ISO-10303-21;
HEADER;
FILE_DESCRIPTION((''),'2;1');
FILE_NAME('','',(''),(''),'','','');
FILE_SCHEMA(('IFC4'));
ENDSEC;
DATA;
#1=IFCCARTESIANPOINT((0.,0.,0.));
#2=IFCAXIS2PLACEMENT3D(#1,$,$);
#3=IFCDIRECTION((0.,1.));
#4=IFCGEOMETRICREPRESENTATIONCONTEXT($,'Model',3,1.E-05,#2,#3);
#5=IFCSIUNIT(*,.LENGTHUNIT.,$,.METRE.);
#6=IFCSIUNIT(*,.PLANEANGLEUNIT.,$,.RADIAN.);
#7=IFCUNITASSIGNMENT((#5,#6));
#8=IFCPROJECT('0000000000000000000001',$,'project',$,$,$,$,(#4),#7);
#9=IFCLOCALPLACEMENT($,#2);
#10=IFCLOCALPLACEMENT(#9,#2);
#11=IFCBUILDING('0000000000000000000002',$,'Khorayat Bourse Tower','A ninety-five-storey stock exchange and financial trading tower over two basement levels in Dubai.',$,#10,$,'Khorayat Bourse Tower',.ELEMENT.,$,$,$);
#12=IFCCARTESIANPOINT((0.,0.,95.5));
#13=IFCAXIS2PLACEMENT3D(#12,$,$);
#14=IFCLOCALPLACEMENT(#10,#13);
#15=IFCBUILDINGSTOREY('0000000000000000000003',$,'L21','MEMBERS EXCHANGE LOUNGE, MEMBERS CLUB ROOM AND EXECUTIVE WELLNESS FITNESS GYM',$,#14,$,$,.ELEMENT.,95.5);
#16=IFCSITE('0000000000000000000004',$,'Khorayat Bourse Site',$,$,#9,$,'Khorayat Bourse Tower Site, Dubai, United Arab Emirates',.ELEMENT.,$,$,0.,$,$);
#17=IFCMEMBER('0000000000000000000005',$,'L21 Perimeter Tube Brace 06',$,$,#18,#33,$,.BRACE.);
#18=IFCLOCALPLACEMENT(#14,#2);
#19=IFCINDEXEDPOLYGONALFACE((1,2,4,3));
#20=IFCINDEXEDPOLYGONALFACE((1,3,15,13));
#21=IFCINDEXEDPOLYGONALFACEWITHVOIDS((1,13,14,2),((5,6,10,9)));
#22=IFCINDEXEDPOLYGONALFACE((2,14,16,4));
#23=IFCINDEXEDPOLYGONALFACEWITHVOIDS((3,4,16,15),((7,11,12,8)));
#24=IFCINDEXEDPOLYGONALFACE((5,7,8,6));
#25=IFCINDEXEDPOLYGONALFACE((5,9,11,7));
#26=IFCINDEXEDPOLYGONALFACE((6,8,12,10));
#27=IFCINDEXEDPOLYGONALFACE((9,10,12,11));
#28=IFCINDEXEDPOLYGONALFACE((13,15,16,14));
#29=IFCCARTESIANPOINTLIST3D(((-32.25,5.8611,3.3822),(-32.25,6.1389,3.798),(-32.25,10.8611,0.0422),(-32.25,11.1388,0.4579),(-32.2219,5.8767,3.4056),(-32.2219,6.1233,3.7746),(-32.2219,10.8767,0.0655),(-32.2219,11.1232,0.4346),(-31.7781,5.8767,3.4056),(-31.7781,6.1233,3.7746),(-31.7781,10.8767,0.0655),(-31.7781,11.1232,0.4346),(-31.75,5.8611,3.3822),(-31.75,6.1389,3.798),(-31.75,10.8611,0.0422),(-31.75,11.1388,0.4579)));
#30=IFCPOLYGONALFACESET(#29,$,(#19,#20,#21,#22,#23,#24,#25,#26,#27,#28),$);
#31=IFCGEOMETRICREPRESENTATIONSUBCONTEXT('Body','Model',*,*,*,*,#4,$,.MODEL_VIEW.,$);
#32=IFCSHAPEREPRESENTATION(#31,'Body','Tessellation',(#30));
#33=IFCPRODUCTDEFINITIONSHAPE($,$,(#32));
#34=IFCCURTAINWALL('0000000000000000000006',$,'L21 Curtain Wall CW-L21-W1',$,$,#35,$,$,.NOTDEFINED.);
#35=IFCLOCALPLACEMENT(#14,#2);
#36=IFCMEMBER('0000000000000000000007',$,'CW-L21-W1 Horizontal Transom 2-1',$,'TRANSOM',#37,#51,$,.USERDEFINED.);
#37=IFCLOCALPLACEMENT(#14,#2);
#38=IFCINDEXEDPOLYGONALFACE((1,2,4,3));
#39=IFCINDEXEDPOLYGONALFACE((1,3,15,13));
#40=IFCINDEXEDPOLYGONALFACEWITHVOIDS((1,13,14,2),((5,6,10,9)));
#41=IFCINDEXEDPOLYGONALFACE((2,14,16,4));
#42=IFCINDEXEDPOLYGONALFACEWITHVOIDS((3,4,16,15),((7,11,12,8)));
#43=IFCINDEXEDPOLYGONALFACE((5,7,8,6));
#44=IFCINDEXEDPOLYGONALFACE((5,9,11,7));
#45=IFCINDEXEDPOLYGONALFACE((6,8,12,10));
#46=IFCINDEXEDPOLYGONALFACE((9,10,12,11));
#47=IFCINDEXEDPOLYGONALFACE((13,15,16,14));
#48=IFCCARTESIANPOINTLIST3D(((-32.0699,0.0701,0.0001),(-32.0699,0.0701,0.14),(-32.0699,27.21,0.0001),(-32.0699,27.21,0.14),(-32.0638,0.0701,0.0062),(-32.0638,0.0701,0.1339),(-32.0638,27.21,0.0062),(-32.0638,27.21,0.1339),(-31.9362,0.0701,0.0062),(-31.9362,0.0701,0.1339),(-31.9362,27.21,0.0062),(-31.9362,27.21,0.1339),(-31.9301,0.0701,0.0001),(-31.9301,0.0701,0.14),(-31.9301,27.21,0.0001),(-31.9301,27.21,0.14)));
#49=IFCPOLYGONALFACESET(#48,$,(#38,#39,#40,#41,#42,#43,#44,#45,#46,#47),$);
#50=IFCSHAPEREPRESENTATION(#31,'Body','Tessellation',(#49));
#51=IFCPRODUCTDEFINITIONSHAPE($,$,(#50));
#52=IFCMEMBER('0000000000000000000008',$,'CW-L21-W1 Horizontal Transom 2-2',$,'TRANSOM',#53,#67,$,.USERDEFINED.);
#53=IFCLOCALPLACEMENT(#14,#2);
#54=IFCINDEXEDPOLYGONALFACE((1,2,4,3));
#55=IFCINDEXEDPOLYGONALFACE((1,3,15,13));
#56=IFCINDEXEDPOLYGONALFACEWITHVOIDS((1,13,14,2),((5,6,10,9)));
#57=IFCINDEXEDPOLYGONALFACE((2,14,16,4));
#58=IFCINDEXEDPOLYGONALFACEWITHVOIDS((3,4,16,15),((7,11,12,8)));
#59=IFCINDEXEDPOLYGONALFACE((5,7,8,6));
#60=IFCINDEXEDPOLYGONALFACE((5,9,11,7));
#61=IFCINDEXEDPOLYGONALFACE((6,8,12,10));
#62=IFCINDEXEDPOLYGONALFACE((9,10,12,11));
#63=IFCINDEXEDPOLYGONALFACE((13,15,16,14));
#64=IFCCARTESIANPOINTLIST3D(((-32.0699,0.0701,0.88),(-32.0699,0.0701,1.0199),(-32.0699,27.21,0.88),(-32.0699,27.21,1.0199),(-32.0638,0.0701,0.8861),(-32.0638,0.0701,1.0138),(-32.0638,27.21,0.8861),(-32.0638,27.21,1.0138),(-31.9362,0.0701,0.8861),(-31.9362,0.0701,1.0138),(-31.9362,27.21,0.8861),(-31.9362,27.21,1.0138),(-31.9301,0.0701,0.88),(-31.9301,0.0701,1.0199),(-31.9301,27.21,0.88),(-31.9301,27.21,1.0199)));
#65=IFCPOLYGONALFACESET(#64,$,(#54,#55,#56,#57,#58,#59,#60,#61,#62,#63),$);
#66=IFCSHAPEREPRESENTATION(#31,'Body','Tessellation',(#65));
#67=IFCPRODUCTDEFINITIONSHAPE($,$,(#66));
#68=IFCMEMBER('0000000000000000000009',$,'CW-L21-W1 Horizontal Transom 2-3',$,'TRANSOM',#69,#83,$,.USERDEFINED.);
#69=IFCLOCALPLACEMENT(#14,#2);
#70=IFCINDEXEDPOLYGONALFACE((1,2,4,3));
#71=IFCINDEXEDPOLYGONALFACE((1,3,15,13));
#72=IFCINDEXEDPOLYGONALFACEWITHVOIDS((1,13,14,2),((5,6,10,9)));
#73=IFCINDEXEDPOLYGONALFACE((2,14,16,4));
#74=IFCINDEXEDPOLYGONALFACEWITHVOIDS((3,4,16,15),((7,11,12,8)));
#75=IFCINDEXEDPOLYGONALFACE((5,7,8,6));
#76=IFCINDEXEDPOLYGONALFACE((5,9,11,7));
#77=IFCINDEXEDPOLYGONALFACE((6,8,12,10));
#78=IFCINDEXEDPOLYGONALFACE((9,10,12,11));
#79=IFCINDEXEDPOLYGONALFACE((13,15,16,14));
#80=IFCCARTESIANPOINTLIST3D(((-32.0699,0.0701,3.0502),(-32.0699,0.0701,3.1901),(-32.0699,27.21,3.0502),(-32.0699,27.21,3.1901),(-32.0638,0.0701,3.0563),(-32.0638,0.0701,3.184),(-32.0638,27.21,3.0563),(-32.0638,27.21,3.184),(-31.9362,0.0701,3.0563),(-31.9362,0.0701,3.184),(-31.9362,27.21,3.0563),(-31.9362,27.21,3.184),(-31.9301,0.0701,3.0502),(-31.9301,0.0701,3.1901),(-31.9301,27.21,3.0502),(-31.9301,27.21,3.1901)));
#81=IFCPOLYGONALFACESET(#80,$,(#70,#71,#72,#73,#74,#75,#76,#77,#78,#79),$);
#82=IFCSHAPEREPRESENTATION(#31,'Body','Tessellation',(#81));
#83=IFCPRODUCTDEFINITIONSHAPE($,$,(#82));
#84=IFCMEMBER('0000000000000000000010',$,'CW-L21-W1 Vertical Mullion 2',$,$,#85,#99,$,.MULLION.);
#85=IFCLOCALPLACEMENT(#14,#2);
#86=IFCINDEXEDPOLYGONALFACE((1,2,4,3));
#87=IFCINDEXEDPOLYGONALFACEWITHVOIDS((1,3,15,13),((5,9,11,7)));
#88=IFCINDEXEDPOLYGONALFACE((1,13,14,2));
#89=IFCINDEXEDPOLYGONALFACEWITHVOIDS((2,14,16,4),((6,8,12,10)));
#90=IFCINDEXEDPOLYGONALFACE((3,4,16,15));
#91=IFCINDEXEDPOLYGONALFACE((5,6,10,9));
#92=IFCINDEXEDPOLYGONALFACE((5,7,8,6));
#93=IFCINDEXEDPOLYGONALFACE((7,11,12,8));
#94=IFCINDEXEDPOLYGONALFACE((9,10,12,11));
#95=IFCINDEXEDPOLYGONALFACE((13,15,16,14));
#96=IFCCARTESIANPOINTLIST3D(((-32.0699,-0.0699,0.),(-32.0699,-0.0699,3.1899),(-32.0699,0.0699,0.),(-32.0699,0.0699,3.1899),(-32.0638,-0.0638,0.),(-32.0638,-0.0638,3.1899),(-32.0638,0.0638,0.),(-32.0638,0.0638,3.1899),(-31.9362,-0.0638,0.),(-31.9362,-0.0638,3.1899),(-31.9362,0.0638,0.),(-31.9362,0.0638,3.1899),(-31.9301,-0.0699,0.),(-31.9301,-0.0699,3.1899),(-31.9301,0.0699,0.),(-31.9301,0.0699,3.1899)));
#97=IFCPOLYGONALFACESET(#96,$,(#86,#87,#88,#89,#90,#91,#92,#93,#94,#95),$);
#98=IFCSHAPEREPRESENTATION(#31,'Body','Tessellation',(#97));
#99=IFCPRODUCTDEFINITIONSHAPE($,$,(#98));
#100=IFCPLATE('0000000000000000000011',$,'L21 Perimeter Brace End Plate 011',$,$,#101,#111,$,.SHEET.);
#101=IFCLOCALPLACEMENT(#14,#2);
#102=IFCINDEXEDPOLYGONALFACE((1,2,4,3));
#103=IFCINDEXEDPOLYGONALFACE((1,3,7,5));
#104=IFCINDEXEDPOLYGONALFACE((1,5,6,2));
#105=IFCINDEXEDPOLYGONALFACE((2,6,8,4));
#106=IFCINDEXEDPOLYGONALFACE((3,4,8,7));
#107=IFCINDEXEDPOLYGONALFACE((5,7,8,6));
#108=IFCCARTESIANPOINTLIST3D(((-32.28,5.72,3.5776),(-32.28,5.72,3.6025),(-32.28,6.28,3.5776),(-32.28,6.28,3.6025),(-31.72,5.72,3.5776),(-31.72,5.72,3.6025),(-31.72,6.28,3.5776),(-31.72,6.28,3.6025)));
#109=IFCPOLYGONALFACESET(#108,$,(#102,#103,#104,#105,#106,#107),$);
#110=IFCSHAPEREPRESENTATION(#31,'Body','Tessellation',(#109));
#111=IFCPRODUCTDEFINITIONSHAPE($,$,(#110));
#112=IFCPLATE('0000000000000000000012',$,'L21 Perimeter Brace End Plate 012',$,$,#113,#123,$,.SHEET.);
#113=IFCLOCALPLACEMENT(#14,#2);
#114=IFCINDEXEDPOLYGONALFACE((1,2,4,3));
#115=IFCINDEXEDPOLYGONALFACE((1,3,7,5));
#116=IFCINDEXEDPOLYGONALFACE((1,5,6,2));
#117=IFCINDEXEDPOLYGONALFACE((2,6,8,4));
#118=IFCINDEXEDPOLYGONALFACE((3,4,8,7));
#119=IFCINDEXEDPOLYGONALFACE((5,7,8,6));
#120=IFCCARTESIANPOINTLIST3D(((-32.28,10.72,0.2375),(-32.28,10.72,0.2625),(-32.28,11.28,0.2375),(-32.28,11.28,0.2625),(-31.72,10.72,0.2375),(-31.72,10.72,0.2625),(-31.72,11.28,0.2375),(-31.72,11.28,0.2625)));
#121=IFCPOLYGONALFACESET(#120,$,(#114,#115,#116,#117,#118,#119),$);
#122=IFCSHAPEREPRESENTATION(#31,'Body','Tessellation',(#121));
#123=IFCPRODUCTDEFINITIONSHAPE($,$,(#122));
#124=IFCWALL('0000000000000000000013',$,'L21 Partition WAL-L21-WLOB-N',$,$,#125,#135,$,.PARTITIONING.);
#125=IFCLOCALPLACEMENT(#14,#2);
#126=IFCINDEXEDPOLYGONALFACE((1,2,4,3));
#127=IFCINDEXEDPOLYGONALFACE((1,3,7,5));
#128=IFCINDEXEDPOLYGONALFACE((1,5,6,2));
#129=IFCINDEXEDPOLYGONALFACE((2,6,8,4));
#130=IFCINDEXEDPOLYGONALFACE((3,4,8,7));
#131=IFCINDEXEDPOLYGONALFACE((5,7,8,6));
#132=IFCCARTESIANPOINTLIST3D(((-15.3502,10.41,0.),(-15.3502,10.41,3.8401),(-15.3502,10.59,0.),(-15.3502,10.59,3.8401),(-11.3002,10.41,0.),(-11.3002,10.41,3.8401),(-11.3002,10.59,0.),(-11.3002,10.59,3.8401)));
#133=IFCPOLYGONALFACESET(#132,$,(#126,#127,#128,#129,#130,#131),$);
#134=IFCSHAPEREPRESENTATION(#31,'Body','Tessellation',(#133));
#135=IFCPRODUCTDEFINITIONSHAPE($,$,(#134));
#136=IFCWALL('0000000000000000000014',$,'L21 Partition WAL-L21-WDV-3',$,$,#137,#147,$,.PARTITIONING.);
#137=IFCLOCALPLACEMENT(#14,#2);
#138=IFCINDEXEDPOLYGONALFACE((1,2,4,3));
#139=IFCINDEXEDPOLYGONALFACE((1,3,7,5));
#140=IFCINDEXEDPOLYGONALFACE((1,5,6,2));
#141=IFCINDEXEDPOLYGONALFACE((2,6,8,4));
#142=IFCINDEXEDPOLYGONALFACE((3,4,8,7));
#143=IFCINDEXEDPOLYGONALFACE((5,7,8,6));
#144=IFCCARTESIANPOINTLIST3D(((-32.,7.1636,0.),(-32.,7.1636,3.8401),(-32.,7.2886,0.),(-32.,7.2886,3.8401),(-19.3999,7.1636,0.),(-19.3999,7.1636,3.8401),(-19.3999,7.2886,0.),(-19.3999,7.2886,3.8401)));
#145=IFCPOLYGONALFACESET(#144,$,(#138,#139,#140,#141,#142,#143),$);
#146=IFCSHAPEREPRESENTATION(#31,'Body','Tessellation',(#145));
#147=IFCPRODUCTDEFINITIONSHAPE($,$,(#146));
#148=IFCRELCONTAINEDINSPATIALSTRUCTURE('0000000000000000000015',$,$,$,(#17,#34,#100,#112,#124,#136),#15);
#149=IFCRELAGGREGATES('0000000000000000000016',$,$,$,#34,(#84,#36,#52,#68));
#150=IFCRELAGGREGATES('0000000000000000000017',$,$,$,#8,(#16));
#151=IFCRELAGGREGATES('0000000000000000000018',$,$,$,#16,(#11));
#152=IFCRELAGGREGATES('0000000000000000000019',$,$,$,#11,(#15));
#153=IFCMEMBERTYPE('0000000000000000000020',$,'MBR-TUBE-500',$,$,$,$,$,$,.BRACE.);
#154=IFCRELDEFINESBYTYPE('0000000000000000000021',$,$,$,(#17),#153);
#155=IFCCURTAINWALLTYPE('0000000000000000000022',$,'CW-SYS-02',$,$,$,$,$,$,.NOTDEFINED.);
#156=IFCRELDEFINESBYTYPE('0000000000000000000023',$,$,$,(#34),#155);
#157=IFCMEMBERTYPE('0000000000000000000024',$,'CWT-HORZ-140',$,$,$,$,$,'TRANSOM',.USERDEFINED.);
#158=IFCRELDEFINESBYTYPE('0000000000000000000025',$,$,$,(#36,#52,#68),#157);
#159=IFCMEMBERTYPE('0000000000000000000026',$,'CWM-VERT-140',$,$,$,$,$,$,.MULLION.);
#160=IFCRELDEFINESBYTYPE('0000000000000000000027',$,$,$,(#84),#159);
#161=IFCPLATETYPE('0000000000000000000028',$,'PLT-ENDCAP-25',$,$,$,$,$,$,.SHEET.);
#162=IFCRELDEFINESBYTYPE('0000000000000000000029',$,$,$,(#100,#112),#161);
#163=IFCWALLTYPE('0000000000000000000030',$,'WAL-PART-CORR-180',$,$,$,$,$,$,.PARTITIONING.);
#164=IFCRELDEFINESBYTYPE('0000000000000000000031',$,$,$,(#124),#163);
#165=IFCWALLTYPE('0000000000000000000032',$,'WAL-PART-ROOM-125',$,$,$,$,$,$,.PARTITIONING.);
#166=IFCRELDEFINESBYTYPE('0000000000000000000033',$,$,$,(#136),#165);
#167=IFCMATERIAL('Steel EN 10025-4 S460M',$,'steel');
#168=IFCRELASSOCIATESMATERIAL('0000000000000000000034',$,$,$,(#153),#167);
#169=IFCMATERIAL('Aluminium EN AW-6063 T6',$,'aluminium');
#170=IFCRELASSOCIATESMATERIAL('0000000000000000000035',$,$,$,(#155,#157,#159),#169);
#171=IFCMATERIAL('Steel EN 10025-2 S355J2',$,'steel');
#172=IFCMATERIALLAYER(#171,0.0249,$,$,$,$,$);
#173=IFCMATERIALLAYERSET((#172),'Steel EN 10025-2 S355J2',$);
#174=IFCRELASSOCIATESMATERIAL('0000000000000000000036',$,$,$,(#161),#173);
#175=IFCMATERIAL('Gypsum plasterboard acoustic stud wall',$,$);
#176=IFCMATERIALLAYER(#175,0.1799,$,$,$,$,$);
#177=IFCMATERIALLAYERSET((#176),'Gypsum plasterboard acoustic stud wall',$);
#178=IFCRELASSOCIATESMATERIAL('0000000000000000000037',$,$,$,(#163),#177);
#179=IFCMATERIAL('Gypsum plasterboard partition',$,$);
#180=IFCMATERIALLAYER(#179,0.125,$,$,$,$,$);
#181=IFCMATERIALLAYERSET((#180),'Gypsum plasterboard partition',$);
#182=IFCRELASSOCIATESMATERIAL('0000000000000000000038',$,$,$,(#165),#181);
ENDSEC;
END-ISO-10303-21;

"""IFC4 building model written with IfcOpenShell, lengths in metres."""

from ifc_helpers import new_model, si_unit, direction, frame, frame_2d, origin, origin_2d, place, context, subcontext, project, spatial, rectangle, hollow_rectangle, extrude, source, transform, mapped, material, layer, layer_set, material_profile, profile_set, type_object, element, aggregate, save


model = new_model("IFC4")

# Units and contexts
model_context = context("Model", 3, precision=1e-05, world=origin(), true_north=direction((0.0, 1.0)))
body_context = subcontext(model_context, "Body", "Model", "MODEL_VIEW")
ifc_project = project(units=[si_unit("LENGTHUNIT", "METRE"), si_unit("PLANEANGLEUNIT", "RADIAN")], contexts=[model_context])

# Site, building, storey
site_placement = place(None, origin())
site = spatial("IfcSite", under=ifc_project, at=site_placement, Name="Khorayat Bourse Site", LongName="Khorayat Bourse Tower Site, Dubai, United Arab Emirates", CompositionType="ELEMENT", RefElevation=0.0)
building_placement = place(site_placement, origin())
building = spatial("IfcBuilding", under=site, at=building_placement, Name="Khorayat Bourse Tower", Description="A ninety-five-storey stock exchange and financial trading tower over two basement levels in Dubai.", LongName="Khorayat Bourse Tower", CompositionType="ELEMENT")
storey_placement = place(building_placement, frame((0.0, 0.0, 95.5)))
storey = spatial("IfcBuildingStorey", under=building, at=storey_placement, Name="L21", Description="MEMBERS EXCHANGE LOUNGE, MEMBERS CLUB ROOM AND EXECUTIVE WELLNESS FITNESS GYM", CompositionType="ELEMENT", Elevation=95.5)

# Shared definitions
ifc_material_1 = material(Name="Steel EN 10025-4 S460M", Category="steel")

# Member
ifc_material_profile_1 = material_profile(ifc_material_1, hollow_rectangle(XDim=0.5, YDim=0.5, WallThickness=0.0281, at=origin_2d()), Name="HSS 500x500x28")
ifc_profile_set_1 = profile_set([ifc_material_profile_1], Name="Steel EN 10025-4 S460M")
member_type_1 = type_object("IfcMemberType", Name="MBR-TUBE-500", PredefinedType="BRACE", material=ifc_profile_set_1)
shared_shape_1 = source(origin(), body_context, "Body", "SweptSolid", [
    extrude(hollow_rectangle(XDim=0.5, YDim=0.5, WallThickness=0.0281, at=origin_2d()), origin(), (0.0, 0.0, 1.0), 6.0129),
])
member_1_placement = place(storey_placement, frame((-32.0, 6.0, 3.5901), z_axis=(0.0, 0.831531, -0.555478), x_axis=(-1.0, 0.0, 0.0)))
element("IfcMember", 1, at=member_1_placement, inside=storey, type_object=member_type_1, Name="L21 Perimeter Tube Brace 06", PredefinedType="BRACE", context=body_context, shape_type="MappedRepresentation", body=[
    mapped(shared_shape_1, transform((0.0, 0.0, 0.0), scale=1.0)),
])

# Curtain wall, members
ifc_material_2 = material(Name="Aluminium EN AW-6063 T6", Category="aluminium")
curtain_wall_type = type_object("IfcCurtainWallType", Name="CW-SYS-02", PredefinedType="NOTDEFINED", material=ifc_material_2)
curtain_wall_placement = place(storey_placement, origin())
curtain_wall = element("IfcCurtainWall", 2, at=curtain_wall_placement, inside=storey, type_object=curtain_wall_type, Name="L21 Curtain Wall CW-L21-W1", PredefinedType="NOTDEFINED")
ifc_material_profile_2 = material_profile(ifc_material_2, hollow_rectangle(XDim=0.1399, YDim=0.1399, WallThickness=0.0061, at=origin_2d()), Name="ALU 140x140x6")
ifc_profile_set_2 = profile_set([ifc_material_profile_2], Name="Aluminium EN AW-6063 T6")
member_type_2 = type_object("IfcMemberType", Name="CWT-HORZ-140", ElementType="TRANSOM", PredefinedType="USERDEFINED", material=ifc_profile_set_2)
shared_shape_2 = source(origin(), body_context, "Body", "SweptSolid", [
    extrude(hollow_rectangle(XDim=0.1399, YDim=0.1399, WallThickness=0.0061, at=origin_2d()), origin(), (0.0, 0.0, 1.0), 27.1399),
])
member_2_placement = place(storey_placement, frame((-32.0, 0.0701, 0.0701), z_axis=(0.0, 1.0, 0.0), x_axis=(-1.0, 0.0, 0.0)))
member_2 = element("IfcMember", 3, at=member_2_placement, type_object=member_type_2, Name="CW-L21-W1 Horizontal Transom 2-1", ObjectType="TRANSOM", PredefinedType="USERDEFINED", context=body_context, shape_type="MappedRepresentation", body=[
    mapped(shared_shape_2, transform((0.0, 0.0, 0.0), scale=1.0)),
])
member_3_placement = place(storey_placement, frame((-32.0, 0.0701, 0.95), z_axis=(0.0, 1.0, 0.0), x_axis=(-1.0, 0.0, 0.0)))
member_3 = element("IfcMember", 4, at=member_3_placement, type_object=member_type_2, Name="CW-L21-W1 Horizontal Transom 2-2", ObjectType="TRANSOM", PredefinedType="USERDEFINED", context=body_context, shape_type="MappedRepresentation", body=[
    mapped(shared_shape_2, transform((0.0, 0.0, 0.0), scale=1.0)),
])
member_4_placement = place(storey_placement, frame((-32.0, 0.0701, 3.1201), z_axis=(0.0, 1.0, 0.0), x_axis=(-1.0, 0.0, 0.0)))
member_4 = element("IfcMember", 5, at=member_4_placement, type_object=member_type_2, Name="CW-L21-W1 Horizontal Transom 2-3", ObjectType="TRANSOM", PredefinedType="USERDEFINED", context=body_context, shape_type="MappedRepresentation", body=[
    mapped(shared_shape_2, transform((0.0, 0.0, 0.0), scale=1.0)),
])
ifc_material_profile_3 = material_profile(ifc_material_2, hollow_rectangle(XDim=0.1399, YDim=0.1399, WallThickness=0.0061, at=origin_2d()), Name="ALU 140x140x6")
ifc_profile_set_3 = profile_set([ifc_material_profile_3], Name="Aluminium EN AW-6063 T6")
member_type_3 = type_object("IfcMemberType", Name="CWM-VERT-140", PredefinedType="MULLION", material=ifc_profile_set_3)
shared_shape_3 = source(origin(), body_context, "Body", "SweptSolid", [
    extrude(hollow_rectangle(XDim=0.1399, YDim=0.1399, WallThickness=0.0061, at=origin_2d()), origin(), (0.0, 0.0, 1.0), 3.1899),
])
member_5_placement = place(storey_placement, frame((-32.0, 0.0, 0.0), z_axis=(0.0, 0.0, 1.0), x_axis=(-1.0, 0.0, 0.0)))
member_5 = element("IfcMember", 6, at=member_5_placement, type_object=member_type_3, Name="CW-L21-W1 Vertical Mullion 2", PredefinedType="MULLION", context=body_context, shape_type="MappedRepresentation", body=[
    mapped(shared_shape_3, transform((0.0, 0.0, 0.0), scale=1.0)),
])
aggregate(curtain_wall, [member_5, member_2, member_3, member_4])

# Plates
ifc_material_3 = material(Name="Steel EN 10025-2 S355J2", Category="steel")
ifc_layer_1 = layer(ifc_material_3, 0.0249)
ifc_layer_set_1 = layer_set([ifc_layer_1], Name="Steel EN 10025-2 S355J2")
plate_type = type_object("IfcPlateType", Name="PLT-ENDCAP-25", PredefinedType="SHEET", material=ifc_layer_set_1)
shared_shape_4 = source(origin(), body_context, "Body", "SweptSolid", [
    extrude(rectangle(XDim=0.5601, YDim=0.5601, at=origin_2d()), origin(), (0.0, 0.0, 1.0), 0.0249),
])
for number, where, z_axis, x_axis, name in (
    (7, (-32.0, 6.0, 3.5776), (0.0, 0.0, 1.0), (1.0, 0.0, 0.0), "L21 Perimeter Brace End Plate 011"),
    (8, (-32.0, 11.0, 0.2375), (0.0, 0.0, 1.0), (1.0, 0.0, 0.0), "L21 Perimeter Brace End Plate 012"),
):
    element("IfcPlate", number, at=place(storey_placement, frame(where, z_axis=z_axis, x_axis=x_axis)), inside=storey, type_object=plate_type, Name=name, PredefinedType="SHEET", context=body_context, shape_type="MappedRepresentation", body=[
        mapped(shared_shape_4, transform((0.0, 0.0, 0.0), scale=1.0)),
    ])

# Walls
ifc_material_4 = material(Name="Gypsum plasterboard acoustic stud wall")
ifc_layer_2 = layer(ifc_material_4, 0.1799)
ifc_layer_set_2 = layer_set([ifc_layer_2], Name="Gypsum plasterboard acoustic stud wall")
wall_type_1 = type_object("IfcWallType", Name="WAL-PART-CORR-180", PredefinedType="PARTITIONING", material=ifc_layer_set_2)
shared_shape_5 = source(origin(), body_context, "Body", "SweptSolid", [
    extrude(rectangle(XDim=4.05, YDim=0.1799, at=frame_2d((2.0249, 0.0))), origin(), (0.0, 0.0, 1.0), 3.8401),
])
wall_1_placement = place(storey_placement, frame((-15.3501, 10.5, 0.0), z_axis=(0.0, 0.0, 1.0), x_axis=(1.0, 0.0, 0.0)))
element("IfcWall", 9, at=wall_1_placement, inside=storey, type_object=wall_type_1, Name="L21 Partition WAL-L21-WLOB-N", PredefinedType="PARTITIONING", context=body_context, shape_type="MappedRepresentation", body=[
    mapped(shared_shape_5, transform((0.0, 0.0, 0.0), scale=1.0)),
])
ifc_material_5 = material(Name="Gypsum plasterboard partition")
ifc_layer_3 = layer(ifc_material_5, 0.125)
ifc_layer_set_3 = layer_set([ifc_layer_3], Name="Gypsum plasterboard partition")
wall_type_2 = type_object("IfcWallType", Name="WAL-PART-ROOM-125", PredefinedType="PARTITIONING", material=ifc_layer_set_3)
shared_shape_6 = source(origin(), body_context, "Body", "SweptSolid", [
    extrude(rectangle(XDim=12.6001, YDim=0.125, at=frame_2d((6.3, 0.0))), origin(), (0.0, 0.0, 1.0), 3.8401),
])
wall_2_placement = place(storey_placement, frame((-32.0, 7.2261, 0.0), z_axis=(0.0, 0.0, 1.0), x_axis=(1.0, 0.0, 0.0)))
element("IfcWall", 10, at=wall_2_placement, inside=storey, type_object=wall_type_2, Name="L21 Partition WAL-L21-WDV-3", PredefinedType="PARTITIONING", context=body_context, shape_type="MappedRepresentation", body=[
    mapped(shared_shape_6, transform((0.0, 0.0, 0.0), scale=1.0)),
])

save(model, "model.ifc")
